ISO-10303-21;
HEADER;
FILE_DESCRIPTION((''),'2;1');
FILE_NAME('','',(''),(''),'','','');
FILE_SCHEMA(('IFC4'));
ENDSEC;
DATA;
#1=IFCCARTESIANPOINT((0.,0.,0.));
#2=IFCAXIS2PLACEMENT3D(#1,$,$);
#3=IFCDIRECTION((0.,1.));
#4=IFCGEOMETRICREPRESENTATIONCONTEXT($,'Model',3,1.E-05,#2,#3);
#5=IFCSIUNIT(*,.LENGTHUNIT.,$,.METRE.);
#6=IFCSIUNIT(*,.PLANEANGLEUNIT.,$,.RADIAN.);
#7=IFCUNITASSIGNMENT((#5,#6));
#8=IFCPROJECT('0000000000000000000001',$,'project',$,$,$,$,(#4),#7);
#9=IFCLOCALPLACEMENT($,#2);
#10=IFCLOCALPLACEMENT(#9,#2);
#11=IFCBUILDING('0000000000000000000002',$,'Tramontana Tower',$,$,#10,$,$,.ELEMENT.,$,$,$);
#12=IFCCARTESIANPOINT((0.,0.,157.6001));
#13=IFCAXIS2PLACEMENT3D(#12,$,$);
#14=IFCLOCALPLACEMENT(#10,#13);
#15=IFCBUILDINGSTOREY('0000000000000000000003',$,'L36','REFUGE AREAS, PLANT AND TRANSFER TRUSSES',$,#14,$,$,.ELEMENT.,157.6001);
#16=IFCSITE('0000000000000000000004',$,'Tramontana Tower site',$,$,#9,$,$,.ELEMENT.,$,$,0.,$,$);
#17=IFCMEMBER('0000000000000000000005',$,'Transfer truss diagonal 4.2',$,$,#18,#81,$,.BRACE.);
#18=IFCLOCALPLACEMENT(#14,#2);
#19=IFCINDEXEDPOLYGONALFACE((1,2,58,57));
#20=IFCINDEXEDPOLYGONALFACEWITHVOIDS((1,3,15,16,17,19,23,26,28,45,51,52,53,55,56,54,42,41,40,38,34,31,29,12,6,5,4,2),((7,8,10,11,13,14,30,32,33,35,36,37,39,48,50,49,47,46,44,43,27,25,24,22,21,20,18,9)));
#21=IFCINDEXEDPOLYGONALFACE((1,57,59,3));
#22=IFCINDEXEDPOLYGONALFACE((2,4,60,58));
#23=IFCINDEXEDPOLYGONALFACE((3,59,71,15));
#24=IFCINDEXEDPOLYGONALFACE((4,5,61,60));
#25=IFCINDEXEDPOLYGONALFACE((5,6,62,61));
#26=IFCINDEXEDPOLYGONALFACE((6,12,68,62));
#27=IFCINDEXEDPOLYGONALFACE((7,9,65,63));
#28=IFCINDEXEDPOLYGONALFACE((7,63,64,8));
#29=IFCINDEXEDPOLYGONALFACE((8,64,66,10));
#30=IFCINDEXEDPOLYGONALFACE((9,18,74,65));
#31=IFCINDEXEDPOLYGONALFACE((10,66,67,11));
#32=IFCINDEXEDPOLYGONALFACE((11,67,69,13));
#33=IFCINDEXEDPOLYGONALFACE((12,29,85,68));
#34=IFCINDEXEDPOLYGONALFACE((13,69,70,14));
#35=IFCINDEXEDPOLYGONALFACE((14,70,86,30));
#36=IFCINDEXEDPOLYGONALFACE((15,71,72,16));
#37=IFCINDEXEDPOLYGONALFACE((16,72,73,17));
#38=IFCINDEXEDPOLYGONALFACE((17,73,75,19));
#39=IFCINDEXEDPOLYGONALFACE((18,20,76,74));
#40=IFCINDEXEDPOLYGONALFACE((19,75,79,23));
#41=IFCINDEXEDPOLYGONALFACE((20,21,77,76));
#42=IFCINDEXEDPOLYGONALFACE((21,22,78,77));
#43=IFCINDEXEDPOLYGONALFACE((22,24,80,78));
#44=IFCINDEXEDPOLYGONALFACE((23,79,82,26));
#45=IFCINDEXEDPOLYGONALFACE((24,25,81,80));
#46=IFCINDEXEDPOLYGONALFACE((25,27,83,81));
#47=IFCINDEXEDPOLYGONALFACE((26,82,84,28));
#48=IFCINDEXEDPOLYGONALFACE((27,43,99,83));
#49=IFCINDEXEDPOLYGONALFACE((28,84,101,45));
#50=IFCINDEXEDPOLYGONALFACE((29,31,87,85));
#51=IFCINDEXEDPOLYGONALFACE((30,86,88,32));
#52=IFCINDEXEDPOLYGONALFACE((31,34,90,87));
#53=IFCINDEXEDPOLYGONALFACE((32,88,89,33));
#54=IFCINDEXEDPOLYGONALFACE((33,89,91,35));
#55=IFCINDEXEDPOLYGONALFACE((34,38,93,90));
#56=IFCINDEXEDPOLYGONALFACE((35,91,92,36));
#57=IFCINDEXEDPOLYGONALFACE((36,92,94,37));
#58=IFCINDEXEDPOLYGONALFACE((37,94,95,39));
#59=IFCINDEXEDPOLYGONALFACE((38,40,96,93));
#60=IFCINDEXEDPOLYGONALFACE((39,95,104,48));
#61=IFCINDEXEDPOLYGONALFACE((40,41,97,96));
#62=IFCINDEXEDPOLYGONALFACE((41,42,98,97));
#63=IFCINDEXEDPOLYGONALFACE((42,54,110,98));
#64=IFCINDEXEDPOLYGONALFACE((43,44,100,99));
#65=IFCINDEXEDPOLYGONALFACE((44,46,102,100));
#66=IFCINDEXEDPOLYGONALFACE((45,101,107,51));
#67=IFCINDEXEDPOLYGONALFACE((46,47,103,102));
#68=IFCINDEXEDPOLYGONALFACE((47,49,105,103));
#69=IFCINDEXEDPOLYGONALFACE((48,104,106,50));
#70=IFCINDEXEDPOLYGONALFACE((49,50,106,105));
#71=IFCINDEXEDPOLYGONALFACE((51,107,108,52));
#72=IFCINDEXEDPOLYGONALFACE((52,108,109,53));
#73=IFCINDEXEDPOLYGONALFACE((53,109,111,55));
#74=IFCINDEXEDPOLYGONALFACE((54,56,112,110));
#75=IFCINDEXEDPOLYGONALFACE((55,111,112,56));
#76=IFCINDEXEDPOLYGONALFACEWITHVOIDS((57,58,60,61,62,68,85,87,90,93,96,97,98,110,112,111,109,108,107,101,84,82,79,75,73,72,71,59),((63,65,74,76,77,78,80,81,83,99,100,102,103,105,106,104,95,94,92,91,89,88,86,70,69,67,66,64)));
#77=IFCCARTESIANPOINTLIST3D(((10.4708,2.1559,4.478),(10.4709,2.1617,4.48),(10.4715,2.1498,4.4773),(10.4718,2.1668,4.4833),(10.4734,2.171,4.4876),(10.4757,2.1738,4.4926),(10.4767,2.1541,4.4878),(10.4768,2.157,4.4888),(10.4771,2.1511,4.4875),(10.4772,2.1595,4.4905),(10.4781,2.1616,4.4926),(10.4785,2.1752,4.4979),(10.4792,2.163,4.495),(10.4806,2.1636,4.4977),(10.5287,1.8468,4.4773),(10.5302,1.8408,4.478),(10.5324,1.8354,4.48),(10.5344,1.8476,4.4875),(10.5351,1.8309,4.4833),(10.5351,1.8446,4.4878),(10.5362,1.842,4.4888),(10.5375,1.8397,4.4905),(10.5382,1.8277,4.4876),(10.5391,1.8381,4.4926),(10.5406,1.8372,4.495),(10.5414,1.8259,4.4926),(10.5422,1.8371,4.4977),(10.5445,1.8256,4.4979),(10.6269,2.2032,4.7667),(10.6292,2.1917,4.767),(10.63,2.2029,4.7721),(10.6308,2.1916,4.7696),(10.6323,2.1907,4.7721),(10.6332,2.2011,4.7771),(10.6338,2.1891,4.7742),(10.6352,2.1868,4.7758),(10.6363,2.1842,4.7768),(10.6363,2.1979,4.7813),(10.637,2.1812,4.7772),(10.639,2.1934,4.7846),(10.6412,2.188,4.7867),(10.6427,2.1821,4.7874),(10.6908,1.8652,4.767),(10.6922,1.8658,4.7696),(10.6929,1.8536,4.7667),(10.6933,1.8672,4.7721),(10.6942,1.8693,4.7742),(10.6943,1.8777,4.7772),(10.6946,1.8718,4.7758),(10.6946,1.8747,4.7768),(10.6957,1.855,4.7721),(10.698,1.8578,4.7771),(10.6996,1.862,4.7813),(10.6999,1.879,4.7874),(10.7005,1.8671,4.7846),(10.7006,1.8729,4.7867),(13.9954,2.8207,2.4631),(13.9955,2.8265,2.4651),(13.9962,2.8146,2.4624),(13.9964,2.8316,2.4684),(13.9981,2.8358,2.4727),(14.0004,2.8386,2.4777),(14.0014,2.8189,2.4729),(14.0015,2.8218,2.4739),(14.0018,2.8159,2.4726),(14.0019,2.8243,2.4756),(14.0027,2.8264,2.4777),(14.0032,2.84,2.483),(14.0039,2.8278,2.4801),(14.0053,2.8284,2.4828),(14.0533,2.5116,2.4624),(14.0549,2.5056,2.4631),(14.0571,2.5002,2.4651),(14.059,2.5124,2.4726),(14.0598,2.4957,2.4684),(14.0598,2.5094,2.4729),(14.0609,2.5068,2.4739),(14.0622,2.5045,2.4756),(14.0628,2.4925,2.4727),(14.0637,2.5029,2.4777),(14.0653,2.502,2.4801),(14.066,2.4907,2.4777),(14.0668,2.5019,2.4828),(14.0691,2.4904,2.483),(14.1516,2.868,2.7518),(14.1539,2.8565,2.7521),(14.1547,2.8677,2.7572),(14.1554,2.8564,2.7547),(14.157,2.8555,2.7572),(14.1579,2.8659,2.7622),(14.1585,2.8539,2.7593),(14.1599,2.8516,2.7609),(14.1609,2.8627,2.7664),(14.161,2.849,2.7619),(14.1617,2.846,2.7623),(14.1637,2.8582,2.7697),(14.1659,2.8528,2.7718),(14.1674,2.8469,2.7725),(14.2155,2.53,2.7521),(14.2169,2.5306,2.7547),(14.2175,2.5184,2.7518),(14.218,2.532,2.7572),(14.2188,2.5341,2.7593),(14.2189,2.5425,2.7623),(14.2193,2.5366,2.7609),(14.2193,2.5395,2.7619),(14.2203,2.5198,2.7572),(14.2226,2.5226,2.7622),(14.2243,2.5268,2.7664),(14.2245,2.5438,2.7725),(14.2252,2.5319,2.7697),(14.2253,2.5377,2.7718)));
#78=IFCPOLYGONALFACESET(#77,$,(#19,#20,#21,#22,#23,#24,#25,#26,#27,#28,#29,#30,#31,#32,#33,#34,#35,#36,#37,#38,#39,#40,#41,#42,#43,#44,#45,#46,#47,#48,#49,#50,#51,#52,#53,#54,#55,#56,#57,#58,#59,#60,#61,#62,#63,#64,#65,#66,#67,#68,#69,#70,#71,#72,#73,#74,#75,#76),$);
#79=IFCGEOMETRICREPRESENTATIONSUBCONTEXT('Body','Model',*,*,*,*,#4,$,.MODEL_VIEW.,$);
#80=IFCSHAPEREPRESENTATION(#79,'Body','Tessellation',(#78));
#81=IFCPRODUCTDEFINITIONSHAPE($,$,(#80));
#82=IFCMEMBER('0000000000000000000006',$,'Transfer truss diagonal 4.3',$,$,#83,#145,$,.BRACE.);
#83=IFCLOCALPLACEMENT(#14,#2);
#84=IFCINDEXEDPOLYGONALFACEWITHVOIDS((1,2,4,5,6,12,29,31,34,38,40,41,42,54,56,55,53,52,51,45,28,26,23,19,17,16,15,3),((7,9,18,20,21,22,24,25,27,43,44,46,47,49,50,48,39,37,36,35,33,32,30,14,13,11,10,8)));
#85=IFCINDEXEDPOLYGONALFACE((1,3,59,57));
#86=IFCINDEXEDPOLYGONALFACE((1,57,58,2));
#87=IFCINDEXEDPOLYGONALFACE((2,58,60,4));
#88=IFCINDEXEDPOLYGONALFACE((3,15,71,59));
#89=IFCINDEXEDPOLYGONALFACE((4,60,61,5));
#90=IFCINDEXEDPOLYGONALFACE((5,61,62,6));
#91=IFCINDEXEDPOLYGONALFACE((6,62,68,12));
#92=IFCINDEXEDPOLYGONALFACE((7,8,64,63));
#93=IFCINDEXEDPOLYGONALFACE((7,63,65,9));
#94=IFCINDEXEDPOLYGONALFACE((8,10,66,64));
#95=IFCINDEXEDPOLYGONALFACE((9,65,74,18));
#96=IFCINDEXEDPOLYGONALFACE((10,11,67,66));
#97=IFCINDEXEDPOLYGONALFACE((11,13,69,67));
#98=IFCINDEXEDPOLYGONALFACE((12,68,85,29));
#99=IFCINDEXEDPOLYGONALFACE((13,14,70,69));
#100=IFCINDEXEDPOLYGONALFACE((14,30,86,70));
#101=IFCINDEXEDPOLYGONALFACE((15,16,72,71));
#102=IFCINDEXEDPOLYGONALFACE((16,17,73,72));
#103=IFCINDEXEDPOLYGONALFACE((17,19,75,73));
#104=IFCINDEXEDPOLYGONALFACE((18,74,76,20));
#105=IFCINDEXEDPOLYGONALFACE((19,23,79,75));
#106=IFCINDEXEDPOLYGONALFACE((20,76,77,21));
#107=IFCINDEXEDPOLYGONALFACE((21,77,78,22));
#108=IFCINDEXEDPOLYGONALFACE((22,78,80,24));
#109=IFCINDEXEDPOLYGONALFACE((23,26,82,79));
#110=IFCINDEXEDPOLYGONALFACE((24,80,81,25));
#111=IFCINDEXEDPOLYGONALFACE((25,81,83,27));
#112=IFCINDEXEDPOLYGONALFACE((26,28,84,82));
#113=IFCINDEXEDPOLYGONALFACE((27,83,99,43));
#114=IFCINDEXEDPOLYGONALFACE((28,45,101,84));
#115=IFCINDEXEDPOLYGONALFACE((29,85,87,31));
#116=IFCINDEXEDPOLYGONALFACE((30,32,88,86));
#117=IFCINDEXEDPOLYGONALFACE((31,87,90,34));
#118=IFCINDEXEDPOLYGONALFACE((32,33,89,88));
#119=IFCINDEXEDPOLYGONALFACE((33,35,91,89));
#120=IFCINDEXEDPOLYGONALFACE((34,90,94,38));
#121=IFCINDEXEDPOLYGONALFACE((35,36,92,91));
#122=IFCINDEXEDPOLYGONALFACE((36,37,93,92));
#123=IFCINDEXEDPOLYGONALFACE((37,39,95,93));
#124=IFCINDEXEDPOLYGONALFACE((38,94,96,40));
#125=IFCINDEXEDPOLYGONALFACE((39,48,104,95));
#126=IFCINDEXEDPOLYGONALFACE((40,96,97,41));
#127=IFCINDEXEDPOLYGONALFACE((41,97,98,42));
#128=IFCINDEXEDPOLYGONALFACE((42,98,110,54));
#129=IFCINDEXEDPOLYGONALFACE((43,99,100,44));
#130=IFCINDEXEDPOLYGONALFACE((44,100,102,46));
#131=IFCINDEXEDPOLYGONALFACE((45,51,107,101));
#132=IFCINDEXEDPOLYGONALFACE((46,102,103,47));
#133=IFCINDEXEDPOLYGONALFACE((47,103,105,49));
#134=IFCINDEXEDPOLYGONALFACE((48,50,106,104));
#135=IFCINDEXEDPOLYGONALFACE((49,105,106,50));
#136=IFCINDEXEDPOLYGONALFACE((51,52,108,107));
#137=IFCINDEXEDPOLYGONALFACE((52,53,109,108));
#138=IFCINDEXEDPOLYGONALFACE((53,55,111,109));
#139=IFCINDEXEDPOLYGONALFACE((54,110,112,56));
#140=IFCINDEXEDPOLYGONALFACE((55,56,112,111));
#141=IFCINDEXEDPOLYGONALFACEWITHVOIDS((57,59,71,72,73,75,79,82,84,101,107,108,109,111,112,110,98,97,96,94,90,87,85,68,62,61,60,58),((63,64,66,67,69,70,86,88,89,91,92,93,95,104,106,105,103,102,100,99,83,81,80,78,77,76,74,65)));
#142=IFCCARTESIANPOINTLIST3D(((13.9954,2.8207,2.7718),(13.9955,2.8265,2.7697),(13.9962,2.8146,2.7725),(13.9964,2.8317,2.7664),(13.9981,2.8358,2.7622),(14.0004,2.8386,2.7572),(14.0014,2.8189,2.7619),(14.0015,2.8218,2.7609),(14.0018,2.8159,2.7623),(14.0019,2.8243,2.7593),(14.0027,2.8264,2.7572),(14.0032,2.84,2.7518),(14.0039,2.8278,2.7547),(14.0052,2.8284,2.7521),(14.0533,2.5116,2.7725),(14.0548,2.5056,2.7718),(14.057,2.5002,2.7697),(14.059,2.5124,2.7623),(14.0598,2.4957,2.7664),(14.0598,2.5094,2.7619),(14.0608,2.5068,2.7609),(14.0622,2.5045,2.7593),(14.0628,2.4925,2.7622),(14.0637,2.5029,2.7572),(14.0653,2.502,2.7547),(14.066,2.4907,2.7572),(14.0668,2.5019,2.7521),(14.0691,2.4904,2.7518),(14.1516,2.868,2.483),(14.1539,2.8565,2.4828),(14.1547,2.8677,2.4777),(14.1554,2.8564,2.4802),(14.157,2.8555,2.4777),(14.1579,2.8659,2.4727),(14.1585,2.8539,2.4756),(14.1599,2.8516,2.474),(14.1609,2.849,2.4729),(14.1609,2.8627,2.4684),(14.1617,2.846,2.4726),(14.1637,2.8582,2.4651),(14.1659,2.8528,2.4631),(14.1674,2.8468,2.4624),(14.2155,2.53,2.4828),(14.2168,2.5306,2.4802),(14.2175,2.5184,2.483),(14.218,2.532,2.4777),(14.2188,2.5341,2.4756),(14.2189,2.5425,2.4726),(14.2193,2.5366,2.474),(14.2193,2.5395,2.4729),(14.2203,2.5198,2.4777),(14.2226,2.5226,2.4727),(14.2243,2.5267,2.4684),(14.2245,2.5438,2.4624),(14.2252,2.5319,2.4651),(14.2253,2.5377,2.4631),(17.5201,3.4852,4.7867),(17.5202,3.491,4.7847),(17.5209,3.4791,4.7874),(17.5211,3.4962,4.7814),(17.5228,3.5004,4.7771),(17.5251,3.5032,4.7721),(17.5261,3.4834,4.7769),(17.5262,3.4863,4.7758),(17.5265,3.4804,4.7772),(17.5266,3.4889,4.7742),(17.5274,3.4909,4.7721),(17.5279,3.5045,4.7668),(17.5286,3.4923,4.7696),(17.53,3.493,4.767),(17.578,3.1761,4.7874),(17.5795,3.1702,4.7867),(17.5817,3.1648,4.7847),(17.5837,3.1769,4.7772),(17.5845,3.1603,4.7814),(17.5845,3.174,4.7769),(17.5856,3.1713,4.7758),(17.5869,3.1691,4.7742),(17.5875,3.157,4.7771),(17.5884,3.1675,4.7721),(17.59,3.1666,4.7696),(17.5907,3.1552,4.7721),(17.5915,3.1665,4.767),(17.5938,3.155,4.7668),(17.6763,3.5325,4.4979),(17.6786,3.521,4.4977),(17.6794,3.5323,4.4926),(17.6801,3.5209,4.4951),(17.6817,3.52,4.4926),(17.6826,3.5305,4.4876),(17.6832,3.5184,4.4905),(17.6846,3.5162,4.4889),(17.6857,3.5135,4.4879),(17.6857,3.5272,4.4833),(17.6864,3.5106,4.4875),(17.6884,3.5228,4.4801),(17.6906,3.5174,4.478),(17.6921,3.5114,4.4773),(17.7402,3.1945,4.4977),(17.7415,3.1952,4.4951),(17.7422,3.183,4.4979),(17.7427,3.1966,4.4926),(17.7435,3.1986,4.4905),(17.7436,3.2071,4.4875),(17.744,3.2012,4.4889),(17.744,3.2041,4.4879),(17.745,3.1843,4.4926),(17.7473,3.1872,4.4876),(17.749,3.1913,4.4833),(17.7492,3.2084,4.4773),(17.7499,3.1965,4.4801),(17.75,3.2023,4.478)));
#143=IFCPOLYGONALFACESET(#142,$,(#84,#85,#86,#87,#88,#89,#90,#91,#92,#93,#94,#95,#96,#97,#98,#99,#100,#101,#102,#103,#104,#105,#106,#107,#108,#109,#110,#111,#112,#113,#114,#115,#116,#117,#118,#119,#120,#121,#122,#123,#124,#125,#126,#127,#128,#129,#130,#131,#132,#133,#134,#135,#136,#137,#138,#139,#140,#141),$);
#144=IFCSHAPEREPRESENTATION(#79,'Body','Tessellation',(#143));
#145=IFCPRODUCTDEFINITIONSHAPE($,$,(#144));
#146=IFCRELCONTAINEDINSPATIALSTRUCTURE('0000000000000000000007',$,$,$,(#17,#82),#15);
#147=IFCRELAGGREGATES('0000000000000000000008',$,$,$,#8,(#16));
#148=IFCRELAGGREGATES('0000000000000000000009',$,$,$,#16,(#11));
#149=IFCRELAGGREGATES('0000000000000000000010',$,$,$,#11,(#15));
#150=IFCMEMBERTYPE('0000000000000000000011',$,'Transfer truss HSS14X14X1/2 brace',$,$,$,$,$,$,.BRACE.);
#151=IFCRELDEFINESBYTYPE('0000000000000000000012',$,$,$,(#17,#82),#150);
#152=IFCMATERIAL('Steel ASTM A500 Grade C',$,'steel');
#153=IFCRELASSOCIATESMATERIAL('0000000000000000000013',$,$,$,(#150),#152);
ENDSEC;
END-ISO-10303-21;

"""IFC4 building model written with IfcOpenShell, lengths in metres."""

from ifc_helpers import new_model, si_unit, direction, frame, origin, origin_2d, place, context, subcontext, project, spatial, hollow_rectangle, extrude, material, material_profile, profile_set, type_object, element, save


model = new_model("IFC4")

# Units and contexts
model_context = context("Model", 3, precision=1e-05, world=origin(), true_north=direction((0.0, 1.0)))
body_context = subcontext(model_context, "Body", "Model", "MODEL_VIEW")
ifc_project = project(units=[si_unit("LENGTHUNIT", "METRE"), si_unit("PLANEANGLEUNIT", "RADIAN")], contexts=[model_context])

# Site, building, storey
site_placement = place(None, origin())
site = spatial("IfcSite", under=ifc_project, at=site_placement, Name="Tramontana Tower site", CompositionType="ELEMENT", RefElevation=0.0)
building_placement = place(site_placement, origin())
building = spatial("IfcBuilding", under=site, at=building_placement, Name="Tramontana Tower", CompositionType="ELEMENT")
storey_placement = place(building_placement, frame((0.0, 0.0, 157.6001)))
storey = spatial("IfcBuildingStorey", under=building, at=storey_placement, Name="L36", Description="REFUGE AREAS, PLANT AND TRANSFER TRUSSES", CompositionType="ELEMENT", Elevation=157.6001)

# Members
ifc_material_1 = material(Name="Steel ASTM A500 Grade C", Category="steel")
ifc_material_profile_1 = material_profile(ifc_material_1, hollow_rectangle(XDim=0.3557, YDim=0.3557, WallThickness=0.0117, InnerFilletRadius=0.0117, OuterFilletRadius=0.0237, at=origin_2d()), Name="HSS14X14X1/2")
ifc_profile_set_1 = profile_set([ifc_material_profile_1], Name="Steel ASTM A500 Grade C")
member_type_1 = type_object("IfcMemberType", Name="Transfer truss HSS14X14X1/2 brace", PredefinedType="BRACE", material=ifc_profile_set_1)
for number, where, z_axis, x_axis, name in (
    (1, (10.5857, 2.0144, 4.6323), (0.856748, 0.161593, -0.489765), (-0.185345, 0.982674, 0.0), "Transfer truss diagonal 4.2"),
    (2, (14.1104, 2.6792, 2.6174), (0.856756, 0.161536, 0.48977), (-0.185279, 0.982686, 0.0), "Transfer truss diagonal 4.3"),
):
    element("IfcMember", number, at=place(storey_placement, frame(where, z_axis=z_axis, x_axis=x_axis)), inside=storey, type_object=member_type_1, Name=name, PredefinedType="BRACE", context=body_context, shape_type="SweptSolid", body=[
        extrude(hollow_rectangle(XDim=0.3557, YDim=0.3557, WallThickness=0.0117, InnerFilletRadius=0.0117, OuterFilletRadius=0.0237, at=origin_2d()), origin(), (0.0, 0.0, 1.0), 4.114),
    ])

save(model, "model.ifc")
